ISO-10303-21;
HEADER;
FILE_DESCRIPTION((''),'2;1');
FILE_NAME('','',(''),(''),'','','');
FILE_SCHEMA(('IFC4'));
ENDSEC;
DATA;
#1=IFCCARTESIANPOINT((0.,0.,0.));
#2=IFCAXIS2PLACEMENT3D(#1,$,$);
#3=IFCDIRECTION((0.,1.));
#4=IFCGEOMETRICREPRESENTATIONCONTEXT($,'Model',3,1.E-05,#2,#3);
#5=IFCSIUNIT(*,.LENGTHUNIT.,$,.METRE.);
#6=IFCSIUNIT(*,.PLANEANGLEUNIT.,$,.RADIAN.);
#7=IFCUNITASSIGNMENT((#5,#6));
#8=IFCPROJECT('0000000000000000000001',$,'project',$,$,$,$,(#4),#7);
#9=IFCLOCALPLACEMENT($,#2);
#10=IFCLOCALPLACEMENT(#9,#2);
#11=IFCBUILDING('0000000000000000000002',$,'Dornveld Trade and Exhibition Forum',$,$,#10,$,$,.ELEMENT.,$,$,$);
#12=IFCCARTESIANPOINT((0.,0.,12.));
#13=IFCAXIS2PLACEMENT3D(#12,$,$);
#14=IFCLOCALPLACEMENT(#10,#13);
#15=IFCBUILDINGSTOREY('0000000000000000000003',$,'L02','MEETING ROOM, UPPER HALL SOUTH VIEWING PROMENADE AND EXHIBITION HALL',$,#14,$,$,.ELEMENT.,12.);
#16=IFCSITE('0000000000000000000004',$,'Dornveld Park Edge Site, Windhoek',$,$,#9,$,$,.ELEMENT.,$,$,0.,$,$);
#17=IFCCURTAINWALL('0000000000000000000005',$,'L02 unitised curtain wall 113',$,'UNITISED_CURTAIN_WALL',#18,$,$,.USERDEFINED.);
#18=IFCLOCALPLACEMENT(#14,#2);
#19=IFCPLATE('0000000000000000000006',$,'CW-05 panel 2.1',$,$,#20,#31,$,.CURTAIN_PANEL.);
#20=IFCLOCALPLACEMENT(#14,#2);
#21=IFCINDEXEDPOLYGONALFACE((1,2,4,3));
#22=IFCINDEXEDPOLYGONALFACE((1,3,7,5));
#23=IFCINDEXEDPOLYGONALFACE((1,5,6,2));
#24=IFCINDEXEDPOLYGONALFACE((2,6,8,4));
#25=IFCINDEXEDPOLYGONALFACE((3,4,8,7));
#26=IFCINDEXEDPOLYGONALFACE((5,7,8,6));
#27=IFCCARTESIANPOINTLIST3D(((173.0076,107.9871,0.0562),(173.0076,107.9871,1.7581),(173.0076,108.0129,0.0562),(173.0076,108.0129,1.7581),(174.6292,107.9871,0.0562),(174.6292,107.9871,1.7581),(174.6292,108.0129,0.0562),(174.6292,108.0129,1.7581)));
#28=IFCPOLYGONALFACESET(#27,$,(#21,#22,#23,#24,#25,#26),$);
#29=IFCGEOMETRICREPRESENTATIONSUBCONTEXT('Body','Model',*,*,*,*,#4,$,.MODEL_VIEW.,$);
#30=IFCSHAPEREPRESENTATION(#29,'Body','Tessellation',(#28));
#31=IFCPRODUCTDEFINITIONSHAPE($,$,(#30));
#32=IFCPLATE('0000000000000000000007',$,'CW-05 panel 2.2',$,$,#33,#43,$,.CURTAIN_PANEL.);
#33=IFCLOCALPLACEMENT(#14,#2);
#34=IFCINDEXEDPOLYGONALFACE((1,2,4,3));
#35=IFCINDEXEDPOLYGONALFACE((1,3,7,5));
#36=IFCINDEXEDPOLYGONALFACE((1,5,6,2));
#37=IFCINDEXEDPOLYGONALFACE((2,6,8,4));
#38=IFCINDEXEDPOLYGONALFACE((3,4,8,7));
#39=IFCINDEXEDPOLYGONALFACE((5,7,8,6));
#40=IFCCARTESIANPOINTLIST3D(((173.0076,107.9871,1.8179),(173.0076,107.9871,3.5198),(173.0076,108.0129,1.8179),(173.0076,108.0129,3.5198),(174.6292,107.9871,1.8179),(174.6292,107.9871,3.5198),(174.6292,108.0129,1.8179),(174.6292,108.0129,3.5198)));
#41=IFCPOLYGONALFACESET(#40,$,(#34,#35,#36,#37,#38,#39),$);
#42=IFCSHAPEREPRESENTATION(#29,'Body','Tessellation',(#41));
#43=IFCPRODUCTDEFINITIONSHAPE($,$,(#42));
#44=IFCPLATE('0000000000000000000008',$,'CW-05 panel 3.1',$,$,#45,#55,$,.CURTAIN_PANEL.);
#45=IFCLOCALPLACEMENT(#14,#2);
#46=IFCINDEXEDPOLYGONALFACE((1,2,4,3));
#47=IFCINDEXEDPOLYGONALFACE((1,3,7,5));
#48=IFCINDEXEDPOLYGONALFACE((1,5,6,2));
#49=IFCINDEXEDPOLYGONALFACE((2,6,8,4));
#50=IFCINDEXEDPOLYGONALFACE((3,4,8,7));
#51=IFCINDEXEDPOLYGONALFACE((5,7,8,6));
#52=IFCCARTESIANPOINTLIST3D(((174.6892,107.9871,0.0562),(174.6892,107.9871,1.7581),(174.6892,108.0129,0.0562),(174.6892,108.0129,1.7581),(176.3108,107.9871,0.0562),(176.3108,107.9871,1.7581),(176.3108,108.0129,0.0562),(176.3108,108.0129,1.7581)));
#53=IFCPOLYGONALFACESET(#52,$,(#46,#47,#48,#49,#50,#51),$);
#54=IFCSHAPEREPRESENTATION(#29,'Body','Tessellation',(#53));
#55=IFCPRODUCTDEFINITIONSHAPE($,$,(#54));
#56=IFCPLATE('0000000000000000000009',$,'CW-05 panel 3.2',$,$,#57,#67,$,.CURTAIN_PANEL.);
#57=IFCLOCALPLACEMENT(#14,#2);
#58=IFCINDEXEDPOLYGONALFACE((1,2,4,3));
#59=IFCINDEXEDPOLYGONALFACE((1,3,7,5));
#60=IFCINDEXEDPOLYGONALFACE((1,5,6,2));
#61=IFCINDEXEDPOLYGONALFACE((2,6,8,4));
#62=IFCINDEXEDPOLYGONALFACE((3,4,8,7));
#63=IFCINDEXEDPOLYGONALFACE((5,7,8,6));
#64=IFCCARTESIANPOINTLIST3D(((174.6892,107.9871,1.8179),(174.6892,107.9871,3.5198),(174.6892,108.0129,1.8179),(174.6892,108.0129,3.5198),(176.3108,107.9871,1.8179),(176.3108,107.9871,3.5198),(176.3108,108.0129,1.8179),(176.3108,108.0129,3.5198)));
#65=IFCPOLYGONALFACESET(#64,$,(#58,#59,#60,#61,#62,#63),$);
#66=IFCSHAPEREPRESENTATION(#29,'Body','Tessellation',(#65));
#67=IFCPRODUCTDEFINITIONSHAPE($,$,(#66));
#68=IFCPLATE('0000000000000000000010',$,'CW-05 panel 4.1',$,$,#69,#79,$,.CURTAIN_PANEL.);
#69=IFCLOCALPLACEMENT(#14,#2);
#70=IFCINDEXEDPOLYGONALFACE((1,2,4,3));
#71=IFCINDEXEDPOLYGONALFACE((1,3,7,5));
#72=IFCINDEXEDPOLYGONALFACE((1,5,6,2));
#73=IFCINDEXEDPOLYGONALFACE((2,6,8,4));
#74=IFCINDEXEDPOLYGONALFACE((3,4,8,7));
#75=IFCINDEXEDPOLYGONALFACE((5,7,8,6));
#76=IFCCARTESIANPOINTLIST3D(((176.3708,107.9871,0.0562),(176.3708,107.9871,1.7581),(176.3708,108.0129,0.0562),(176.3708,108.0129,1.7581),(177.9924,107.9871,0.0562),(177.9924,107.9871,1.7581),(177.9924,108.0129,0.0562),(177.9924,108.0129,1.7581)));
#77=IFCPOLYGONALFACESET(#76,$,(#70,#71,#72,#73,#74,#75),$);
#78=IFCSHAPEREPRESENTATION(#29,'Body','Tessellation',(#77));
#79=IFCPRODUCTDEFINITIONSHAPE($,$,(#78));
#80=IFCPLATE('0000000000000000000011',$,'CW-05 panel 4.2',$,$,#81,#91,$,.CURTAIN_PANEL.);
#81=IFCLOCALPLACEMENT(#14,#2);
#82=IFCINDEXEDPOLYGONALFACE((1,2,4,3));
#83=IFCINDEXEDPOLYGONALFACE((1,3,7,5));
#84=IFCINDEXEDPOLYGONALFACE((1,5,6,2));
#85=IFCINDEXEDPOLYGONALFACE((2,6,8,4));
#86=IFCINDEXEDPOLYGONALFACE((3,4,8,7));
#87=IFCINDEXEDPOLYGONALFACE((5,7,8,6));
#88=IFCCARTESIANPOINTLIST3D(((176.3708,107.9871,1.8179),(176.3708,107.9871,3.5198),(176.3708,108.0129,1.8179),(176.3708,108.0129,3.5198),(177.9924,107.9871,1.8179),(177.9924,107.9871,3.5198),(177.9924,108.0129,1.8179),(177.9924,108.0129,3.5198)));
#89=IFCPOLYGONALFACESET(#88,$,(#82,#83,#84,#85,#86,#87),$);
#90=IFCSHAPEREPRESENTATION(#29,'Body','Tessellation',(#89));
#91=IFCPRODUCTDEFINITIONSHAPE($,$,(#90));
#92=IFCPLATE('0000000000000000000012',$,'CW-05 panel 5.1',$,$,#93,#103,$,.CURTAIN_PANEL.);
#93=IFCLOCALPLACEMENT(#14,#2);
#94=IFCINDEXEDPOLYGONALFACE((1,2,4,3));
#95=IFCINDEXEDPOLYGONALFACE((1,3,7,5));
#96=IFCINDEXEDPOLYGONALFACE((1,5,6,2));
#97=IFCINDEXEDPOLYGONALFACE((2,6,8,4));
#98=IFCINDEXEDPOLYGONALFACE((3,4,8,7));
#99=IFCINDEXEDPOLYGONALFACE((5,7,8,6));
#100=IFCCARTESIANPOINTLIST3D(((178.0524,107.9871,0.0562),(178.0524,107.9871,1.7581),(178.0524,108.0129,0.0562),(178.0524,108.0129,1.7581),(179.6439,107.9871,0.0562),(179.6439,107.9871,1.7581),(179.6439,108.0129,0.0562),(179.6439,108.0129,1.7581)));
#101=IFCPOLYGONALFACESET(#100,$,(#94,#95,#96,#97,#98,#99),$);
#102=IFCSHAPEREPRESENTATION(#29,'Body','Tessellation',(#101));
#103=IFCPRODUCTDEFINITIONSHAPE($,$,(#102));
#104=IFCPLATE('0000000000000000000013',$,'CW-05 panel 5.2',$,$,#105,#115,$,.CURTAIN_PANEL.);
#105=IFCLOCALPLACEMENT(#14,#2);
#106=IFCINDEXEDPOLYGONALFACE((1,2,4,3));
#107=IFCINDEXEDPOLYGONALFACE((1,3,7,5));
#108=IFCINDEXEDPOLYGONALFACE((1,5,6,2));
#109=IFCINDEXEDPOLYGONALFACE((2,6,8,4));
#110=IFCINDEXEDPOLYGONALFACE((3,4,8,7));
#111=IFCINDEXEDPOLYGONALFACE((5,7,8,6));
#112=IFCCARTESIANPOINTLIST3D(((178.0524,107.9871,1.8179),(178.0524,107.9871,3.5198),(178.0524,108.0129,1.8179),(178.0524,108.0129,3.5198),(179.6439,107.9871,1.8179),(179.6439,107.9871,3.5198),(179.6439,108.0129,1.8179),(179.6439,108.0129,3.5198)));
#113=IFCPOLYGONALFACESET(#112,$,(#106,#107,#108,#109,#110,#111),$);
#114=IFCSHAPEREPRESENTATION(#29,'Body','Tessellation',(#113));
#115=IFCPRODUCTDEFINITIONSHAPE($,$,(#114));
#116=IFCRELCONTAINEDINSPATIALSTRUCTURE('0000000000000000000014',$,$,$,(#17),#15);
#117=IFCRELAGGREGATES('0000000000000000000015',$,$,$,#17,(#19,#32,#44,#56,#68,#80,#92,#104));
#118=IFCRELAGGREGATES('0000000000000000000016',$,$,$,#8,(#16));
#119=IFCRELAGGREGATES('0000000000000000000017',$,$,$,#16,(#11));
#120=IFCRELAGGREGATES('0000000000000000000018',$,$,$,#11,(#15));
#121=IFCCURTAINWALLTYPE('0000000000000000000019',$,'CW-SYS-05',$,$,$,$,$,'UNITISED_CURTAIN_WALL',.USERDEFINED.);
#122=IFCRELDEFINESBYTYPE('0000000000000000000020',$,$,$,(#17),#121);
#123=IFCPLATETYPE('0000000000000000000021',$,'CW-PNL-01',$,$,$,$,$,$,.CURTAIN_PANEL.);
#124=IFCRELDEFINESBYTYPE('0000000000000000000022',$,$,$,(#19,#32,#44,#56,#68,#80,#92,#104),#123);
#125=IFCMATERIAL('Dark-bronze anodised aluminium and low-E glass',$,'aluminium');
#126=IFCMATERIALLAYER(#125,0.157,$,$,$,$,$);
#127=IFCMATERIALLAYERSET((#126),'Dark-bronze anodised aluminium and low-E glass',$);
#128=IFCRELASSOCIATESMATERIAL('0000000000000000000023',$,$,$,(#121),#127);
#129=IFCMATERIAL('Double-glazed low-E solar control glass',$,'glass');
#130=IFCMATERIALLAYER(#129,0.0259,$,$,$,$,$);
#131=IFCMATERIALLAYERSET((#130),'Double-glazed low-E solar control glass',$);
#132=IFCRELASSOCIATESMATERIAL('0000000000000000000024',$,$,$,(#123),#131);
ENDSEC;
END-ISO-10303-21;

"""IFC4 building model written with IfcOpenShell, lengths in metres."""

from ifc_helpers import new_model, si_unit, direction, frame, origin, origin_2d, place, context, subcontext, project, spatial, rectangle, extrude, material, layer, layer_set, type_object, element, aggregate, save


model = new_model("IFC4")

# Units and contexts
model_context = context("Model", 3, precision=1e-05, world=origin(), true_north=direction((0.0, 1.0)))
body_context = subcontext(model_context, "Body", "Model", "MODEL_VIEW")
ifc_project = project(units=[si_unit("LENGTHUNIT", "METRE"), si_unit("PLANEANGLEUNIT", "RADIAN")], contexts=[model_context])

# Site, building, storey
site_placement = place(None, origin())
site = spatial("IfcSite", under=ifc_project, at=site_placement, Name="Dornveld Park Edge Site, Windhoek", CompositionType="ELEMENT", RefElevation=0.0)
building_placement = place(site_placement, origin())
building = spatial("IfcBuilding", under=site, at=building_placement, Name="Dornveld Trade and Exhibition Forum", CompositionType="ELEMENT")
storey_placement = place(building_placement, frame((0.0, 0.0, 12.0)))
storey = spatial("IfcBuildingStorey", under=building, at=storey_placement, Name="L02", Description="MEETING ROOM, UPPER HALL SOUTH VIEWING PROMENADE AND EXHIBITION HALL", CompositionType="ELEMENT", Elevation=12.0)

# Curtain wall, plates
ifc_material_1 = material(Name="Dark-bronze anodised aluminium and low-E glass", Category="aluminium")
ifc_layer_1 = layer(ifc_material_1, 0.157)
ifc_layer_set_1 = layer_set([ifc_layer_1], Name="Dark-bronze anodised aluminium and low-E glass")
curtain_wall_type = type_object("IfcCurtainWallType", Name="CW-SYS-05", ElementType="UNITISED_CURTAIN_WALL", PredefinedType="USERDEFINED", material=ifc_layer_set_1)
curtain_wall_placement = place(storey_placement, origin())
curtain_wall = element("IfcCurtainWall", 1, at=curtain_wall_placement, inside=storey, type_object=curtain_wall_type, Name="L02 unitised curtain wall 113", ObjectType="UNITISED_CURTAIN_WALL", PredefinedType="USERDEFINED")
ifc_material_2 = material(Name="Double-glazed low-E solar control glass", Category="glass")
ifc_layer_2 = layer(ifc_material_2, 0.0259)
ifc_layer_set_2 = layer_set([ifc_layer_2], Name="Double-glazed low-E solar control glass")
plate_type = type_object("IfcPlateType", Name="CW-PNL-01", PredefinedType="CURTAIN_PANEL", material=ifc_layer_set_2)
plate_1_placement = place(storey_placement, frame((173.8184, 108.0, 0.0562), z_axis=(0.0, 0.0, 1.0), x_axis=(1.0, 0.0, 0.0)))
plate_1 = element("IfcPlate", 2, at=plate_1_placement, type_object=plate_type, Name="CW-05 panel 2.1", PredefinedType="CURTAIN_PANEL", context=body_context, shape_type="SweptSolid", body=[
    extrude(rectangle(XDim=1.6216, YDim=0.0259, at=origin_2d()), origin(), (0.0, 0.0, 1.0), 1.7019),
])
plate_2_placement = place(storey_placement, frame((173.8184, 108.0, 1.8179), z_axis=(0.0, 0.0, 1.0), x_axis=(1.0, 0.0, 0.0)))
plate_2 = element("IfcPlate", 3, at=plate_2_placement, type_object=plate_type, Name="CW-05 panel 2.2", PredefinedType="CURTAIN_PANEL", context=body_context, shape_type="SweptSolid", body=[
    extrude(rectangle(XDim=1.6216, YDim=0.0259, at=origin_2d()), origin(), (0.0, 0.0, 1.0), 1.7019),
])
plate_3_placement = place(storey_placement, frame((175.5, 108.0, 0.0562), z_axis=(0.0, 0.0, 1.0), x_axis=(1.0, 0.0, 0.0)))
plate_3 = element("IfcPlate", 4, at=plate_3_placement, type_object=plate_type, Name="CW-05 panel 3.1", PredefinedType="CURTAIN_PANEL", context=body_context, shape_type="SweptSolid", body=[
    extrude(rectangle(XDim=1.6216, YDim=0.0259, at=origin_2d()), origin(), (0.0, 0.0, 1.0), 1.7019),
])
plate_4_placement = place(storey_placement, frame((175.5, 108.0, 1.8179), z_axis=(0.0, 0.0, 1.0), x_axis=(1.0, 0.0, 0.0)))
plate_4 = element("IfcPlate", 5, at=plate_4_placement, type_object=plate_type, Name="CW-05 panel 3.2", PredefinedType="CURTAIN_PANEL", context=body_context, shape_type="SweptSolid", body=[
    extrude(rectangle(XDim=1.6216, YDim=0.0259, at=origin_2d()), origin(), (0.0, 0.0, 1.0), 1.7019),
])
plate_5_placement = place(storey_placement, frame((177.1816, 108.0, 0.0562), z_axis=(0.0, 0.0, 1.0), x_axis=(1.0, 0.0, 0.0)))
plate_5 = element("IfcPlate", 6, at=plate_5_placement, type_object=plate_type, Name="CW-05 panel 4.1", PredefinedType="CURTAIN_PANEL", context=body_context, shape_type="SweptSolid", body=[
    extrude(rectangle(XDim=1.6216, YDim=0.0259, at=origin_2d()), origin(), (0.0, 0.0, 1.0), 1.7019),
])
plate_6_placement = place(storey_placement, frame((177.1816, 108.0, 1.8179), z_axis=(0.0, 0.0, 1.0), x_axis=(1.0, 0.0, 0.0)))
plate_6 = element("IfcPlate", 7, at=plate_6_placement, type_object=plate_type, Name="CW-05 panel 4.2", PredefinedType="CURTAIN_PANEL", context=body_context, shape_type="SweptSolid", body=[
    extrude(rectangle(XDim=1.6216, YDim=0.0259, at=origin_2d()), origin(), (0.0, 0.0, 1.0), 1.7019),
])
plate_7_placement = place(storey_placement, frame((178.8481, 108.0, 0.0562), z_axis=(0.0, 0.0, 1.0), x_axis=(1.0, 0.0, 0.0)))
plate_7 = element("IfcPlate", 8, at=plate_7_placement, type_object=plate_type, Name="CW-05 panel 5.1", PredefinedType="CURTAIN_PANEL", context=body_context, shape_type="SweptSolid", body=[
    extrude(rectangle(XDim=1.5916, YDim=0.0259, at=origin_2d()), origin(), (0.0, 0.0, 1.0), 1.7019),
])
plate_8_placement = place(storey_placement, frame((178.8481, 108.0, 1.8179), z_axis=(0.0, 0.0, 1.0), x_axis=(1.0, 0.0, 0.0)))
plate_8 = element("IfcPlate", 9, at=plate_8_placement, type_object=plate_type, Name="CW-05 panel 5.2", PredefinedType="CURTAIN_PANEL", context=body_context, shape_type="SweptSolid", body=[
    extrude(rectangle(XDim=1.5916, YDim=0.0259, at=origin_2d()), origin(), (0.0, 0.0, 1.0), 1.7019),
])
aggregate(curtain_wall, [plate_1, plate_2, plate_3, plate_4, plate_5, plate_6, plate_7, plate_8])

save(model, "model.ifc")
